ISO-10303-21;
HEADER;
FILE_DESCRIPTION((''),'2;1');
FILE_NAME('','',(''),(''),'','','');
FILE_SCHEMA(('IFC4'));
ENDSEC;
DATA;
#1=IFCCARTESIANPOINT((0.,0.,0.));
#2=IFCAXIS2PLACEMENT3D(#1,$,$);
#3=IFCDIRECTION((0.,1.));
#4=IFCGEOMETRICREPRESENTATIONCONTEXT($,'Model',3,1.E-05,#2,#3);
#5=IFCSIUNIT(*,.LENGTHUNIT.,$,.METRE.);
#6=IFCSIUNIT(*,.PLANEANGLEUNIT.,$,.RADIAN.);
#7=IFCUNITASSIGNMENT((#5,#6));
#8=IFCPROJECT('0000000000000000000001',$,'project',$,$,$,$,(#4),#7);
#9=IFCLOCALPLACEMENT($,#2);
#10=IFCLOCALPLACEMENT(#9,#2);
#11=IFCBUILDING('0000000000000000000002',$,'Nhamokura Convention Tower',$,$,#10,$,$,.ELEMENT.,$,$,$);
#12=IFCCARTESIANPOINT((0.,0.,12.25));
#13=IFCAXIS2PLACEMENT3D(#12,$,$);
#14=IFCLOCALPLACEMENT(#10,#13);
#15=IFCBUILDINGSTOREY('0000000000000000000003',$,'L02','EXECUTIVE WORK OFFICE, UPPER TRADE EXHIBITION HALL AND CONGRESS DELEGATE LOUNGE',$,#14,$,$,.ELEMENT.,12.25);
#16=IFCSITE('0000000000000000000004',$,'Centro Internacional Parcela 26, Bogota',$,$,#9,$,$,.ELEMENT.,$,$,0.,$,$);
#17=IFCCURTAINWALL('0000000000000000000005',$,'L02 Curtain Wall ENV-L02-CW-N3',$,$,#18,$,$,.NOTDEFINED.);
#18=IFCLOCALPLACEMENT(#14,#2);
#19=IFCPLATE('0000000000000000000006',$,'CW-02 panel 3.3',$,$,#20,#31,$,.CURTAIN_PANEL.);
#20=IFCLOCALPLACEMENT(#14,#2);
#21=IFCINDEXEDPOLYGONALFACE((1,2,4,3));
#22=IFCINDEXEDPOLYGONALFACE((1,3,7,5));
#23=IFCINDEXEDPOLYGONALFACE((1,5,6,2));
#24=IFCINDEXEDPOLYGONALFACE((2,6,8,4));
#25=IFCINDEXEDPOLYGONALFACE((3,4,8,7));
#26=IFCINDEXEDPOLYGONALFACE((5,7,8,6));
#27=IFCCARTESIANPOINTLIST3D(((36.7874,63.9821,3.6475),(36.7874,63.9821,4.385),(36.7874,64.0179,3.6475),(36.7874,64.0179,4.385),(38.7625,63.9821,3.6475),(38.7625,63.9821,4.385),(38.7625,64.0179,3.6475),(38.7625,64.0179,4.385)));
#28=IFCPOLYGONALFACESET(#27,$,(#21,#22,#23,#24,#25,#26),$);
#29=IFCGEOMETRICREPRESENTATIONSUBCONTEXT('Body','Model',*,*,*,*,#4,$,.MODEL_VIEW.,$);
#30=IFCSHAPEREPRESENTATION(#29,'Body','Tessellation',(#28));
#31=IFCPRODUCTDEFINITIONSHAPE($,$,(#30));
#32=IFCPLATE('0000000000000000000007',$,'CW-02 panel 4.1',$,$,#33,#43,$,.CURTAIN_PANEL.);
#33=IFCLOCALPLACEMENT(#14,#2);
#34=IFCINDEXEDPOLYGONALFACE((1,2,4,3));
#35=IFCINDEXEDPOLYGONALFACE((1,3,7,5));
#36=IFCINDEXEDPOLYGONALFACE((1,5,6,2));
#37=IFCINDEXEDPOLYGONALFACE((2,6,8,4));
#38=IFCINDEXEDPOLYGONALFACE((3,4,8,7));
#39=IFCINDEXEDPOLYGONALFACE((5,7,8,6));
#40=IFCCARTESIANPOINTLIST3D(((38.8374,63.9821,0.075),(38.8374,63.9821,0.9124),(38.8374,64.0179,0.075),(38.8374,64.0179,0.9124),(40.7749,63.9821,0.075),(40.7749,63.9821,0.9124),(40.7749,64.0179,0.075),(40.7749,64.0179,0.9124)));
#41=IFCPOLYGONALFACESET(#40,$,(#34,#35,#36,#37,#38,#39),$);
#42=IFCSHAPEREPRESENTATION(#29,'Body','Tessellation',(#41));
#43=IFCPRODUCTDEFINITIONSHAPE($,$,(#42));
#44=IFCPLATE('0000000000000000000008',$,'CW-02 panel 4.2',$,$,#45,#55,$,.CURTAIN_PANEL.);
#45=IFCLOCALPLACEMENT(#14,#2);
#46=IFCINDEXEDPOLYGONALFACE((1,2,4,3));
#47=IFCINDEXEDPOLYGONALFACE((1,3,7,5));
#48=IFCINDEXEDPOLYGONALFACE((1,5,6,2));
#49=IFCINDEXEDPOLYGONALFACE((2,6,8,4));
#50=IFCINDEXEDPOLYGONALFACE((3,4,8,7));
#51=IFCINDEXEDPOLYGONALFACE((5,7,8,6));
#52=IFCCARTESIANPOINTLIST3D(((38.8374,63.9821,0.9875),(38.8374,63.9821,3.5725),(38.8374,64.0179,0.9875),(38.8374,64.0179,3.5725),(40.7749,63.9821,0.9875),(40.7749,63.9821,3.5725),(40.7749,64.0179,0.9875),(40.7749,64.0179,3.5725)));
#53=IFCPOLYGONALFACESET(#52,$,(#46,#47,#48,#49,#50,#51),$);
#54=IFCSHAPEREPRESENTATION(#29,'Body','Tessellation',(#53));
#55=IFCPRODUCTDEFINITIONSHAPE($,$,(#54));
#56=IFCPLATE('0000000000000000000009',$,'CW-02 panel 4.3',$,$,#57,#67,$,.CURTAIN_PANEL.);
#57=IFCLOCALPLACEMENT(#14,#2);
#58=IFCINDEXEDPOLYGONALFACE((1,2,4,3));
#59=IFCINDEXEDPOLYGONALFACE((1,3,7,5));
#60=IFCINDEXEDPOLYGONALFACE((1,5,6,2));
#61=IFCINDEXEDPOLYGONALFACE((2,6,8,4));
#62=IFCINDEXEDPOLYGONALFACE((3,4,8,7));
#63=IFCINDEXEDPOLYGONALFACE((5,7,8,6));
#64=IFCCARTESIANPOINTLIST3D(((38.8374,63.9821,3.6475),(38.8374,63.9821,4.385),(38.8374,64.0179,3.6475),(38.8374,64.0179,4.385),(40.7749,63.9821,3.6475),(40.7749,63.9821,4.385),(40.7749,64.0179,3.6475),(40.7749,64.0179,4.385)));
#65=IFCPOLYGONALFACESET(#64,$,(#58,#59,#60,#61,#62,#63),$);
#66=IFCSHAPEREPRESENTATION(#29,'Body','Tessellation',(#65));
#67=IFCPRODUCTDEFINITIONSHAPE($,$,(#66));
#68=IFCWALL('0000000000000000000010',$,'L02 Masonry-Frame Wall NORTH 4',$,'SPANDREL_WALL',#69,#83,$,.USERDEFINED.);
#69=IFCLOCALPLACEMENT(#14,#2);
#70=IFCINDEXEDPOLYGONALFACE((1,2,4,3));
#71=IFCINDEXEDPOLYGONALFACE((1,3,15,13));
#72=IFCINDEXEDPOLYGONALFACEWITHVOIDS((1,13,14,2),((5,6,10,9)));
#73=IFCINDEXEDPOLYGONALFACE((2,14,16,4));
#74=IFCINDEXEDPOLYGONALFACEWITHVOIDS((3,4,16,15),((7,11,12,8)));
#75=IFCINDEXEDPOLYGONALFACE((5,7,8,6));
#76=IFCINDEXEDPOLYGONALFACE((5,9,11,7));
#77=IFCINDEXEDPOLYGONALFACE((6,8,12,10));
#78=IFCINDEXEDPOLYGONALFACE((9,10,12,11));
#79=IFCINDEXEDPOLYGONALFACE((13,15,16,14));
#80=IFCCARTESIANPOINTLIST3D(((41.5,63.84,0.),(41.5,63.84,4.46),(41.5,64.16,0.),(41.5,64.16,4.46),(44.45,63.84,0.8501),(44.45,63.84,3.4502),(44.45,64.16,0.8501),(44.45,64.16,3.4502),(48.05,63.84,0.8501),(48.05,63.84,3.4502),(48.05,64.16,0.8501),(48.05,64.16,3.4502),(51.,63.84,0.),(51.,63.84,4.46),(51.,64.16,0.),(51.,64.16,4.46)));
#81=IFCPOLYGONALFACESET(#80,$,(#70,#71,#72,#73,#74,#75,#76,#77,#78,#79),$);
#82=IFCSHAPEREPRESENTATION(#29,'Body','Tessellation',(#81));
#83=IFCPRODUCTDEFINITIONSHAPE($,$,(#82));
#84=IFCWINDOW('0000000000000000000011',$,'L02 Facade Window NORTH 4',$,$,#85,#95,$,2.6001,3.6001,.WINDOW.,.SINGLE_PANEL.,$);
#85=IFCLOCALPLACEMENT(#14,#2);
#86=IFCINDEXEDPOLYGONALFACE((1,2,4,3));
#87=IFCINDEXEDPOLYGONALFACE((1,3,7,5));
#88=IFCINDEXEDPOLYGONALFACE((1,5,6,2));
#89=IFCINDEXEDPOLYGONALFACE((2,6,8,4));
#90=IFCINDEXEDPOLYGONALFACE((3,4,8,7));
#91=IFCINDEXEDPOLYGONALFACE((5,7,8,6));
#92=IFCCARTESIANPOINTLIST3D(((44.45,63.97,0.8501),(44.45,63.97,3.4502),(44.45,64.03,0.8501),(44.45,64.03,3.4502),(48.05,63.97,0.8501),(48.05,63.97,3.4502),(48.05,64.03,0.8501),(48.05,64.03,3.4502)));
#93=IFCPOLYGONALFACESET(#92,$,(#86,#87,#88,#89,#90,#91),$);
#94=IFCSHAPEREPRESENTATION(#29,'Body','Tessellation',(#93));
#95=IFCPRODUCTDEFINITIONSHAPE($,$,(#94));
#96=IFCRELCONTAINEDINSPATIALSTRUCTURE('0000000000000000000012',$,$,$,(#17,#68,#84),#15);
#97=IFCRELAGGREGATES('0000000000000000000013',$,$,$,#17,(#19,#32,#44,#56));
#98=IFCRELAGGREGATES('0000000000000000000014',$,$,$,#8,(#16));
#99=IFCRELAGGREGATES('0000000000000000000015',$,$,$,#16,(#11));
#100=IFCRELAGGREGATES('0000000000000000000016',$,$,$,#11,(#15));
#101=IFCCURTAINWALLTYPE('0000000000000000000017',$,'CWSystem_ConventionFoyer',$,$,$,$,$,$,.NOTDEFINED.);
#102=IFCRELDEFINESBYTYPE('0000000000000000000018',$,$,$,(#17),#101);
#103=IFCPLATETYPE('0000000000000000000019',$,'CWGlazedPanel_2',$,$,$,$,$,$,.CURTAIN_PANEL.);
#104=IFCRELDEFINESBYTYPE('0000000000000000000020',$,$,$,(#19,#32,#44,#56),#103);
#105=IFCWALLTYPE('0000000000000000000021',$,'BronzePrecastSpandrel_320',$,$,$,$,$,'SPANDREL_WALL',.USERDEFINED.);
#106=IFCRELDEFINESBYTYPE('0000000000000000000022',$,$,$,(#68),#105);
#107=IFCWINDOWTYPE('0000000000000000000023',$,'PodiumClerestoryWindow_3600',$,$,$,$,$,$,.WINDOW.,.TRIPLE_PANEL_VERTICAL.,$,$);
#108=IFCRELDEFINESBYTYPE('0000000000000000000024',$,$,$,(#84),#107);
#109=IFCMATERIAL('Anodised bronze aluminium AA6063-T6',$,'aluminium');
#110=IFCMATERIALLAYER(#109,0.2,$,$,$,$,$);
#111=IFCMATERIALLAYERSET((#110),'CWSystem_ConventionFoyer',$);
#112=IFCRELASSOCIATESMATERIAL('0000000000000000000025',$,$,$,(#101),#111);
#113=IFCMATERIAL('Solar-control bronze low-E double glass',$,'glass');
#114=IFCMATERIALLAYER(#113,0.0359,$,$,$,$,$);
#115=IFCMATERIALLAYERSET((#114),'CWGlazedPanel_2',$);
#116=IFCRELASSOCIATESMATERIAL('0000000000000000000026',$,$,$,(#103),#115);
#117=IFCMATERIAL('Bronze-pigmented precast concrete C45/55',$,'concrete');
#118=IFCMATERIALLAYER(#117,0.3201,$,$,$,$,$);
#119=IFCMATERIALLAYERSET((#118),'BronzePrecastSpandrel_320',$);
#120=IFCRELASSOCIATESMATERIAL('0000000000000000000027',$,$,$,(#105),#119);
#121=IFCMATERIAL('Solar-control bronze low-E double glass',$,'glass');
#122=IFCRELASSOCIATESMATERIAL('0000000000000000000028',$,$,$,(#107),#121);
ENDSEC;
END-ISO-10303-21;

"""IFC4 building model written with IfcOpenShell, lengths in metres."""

from ifc_helpers import new_model, si_unit, direction, frame, frame_2d, origin, origin_2d, place, context, subcontext, project, spatial, rectangle, extrude, material, layer, layer_set, type_object, element, fill, aggregate, save


model = new_model("IFC4")

# Units and contexts
model_context = context("Model", 3, precision=1e-05, world=origin(), true_north=direction((0.0, 1.0)))
body_context = subcontext(model_context, "Body", "Model", "MODEL_VIEW")
ifc_project = project(units=[si_unit("LENGTHUNIT", "METRE"), si_unit("PLANEANGLEUNIT", "RADIAN")], contexts=[model_context])

# Site, building, storey
site_placement = place(None, origin())
site = spatial("IfcSite", under=ifc_project, at=site_placement, Name="Centro Internacional Parcela 26, Bogota", CompositionType="ELEMENT", RefElevation=0.0)
building_placement = place(site_placement, origin())
building = spatial("IfcBuilding", under=site, at=building_placement, Name="Nhamokura Convention Tower", CompositionType="ELEMENT")
storey_placement = place(building_placement, frame((0.0, 0.0, 12.25)))
storey = spatial("IfcBuildingStorey", under=building, at=storey_placement, Name="L02", Description="EXECUTIVE WORK OFFICE, UPPER TRADE EXHIBITION HALL AND CONGRESS DELEGATE LOUNGE", CompositionType="ELEMENT", Elevation=12.25)

# Curtain wall
ifc_material_1 = material(Name="Anodised bronze aluminium AA6063-T6", Category="aluminium")
ifc_layer_1 = layer(ifc_material_1, 0.2)
ifc_layer_set_1 = layer_set([ifc_layer_1], Name="CWSystem_ConventionFoyer")
curtain_wall_type = type_object("IfcCurtainWallType", Name="CWSystem_ConventionFoyer", PredefinedType="NOTDEFINED", material=ifc_layer_set_1)
curtain_wall_placement = place(storey_placement, origin())
curtain_wall = element("IfcCurtainWall", 1, at=curtain_wall_placement, inside=storey, type_object=curtain_wall_type, Name="L02 Curtain Wall ENV-L02-CW-N3", PredefinedType="NOTDEFINED")

# Plates
ifc_material_2 = material(Name="Solar-control bronze low-E double glass", Category="glass")
ifc_layer_2 = layer(ifc_material_2, 0.0359)
ifc_layer_set_2 = layer_set([ifc_layer_2], Name="CWGlazedPanel_2")
plate_type = type_object("IfcPlateType", Name="CWGlazedPanel_2", PredefinedType="CURTAIN_PANEL", material=ifc_layer_set_2)
plate_1_placement = place(storey_placement, frame((37.7749, 64.0, 3.6475), z_axis=(0.0, 0.0, 1.0), x_axis=(1.0, 0.0, 0.0)))
plate_1 = element("IfcPlate", 2, at=plate_1_placement, type_object=plate_type, Name="CW-02 panel 3.3", PredefinedType="CURTAIN_PANEL", context=body_context, shape_type="SweptSolid", body=[
    extrude(rectangle(XDim=1.9751, YDim=0.0359, at=origin_2d()), origin(), (0.0, 0.0, 1.0), 0.7375),
])
plate_2_placement = place(storey_placement, frame((39.8062, 64.0, 0.075), z_axis=(0.0, 0.0, 1.0), x_axis=(1.0, 0.0, 0.0)))
plate_2 = element("IfcPlate", 3, at=plate_2_placement, type_object=plate_type, Name="CW-02 panel 4.1", PredefinedType="CURTAIN_PANEL", context=body_context, shape_type="SweptSolid", body=[
    extrude(rectangle(XDim=1.9375, YDim=0.0359, at=origin_2d()), origin(), (0.0, 0.0, 1.0), 0.8374),
])
plate_3_placement = place(storey_placement, frame((39.8062, 64.0, 0.9875), z_axis=(0.0, 0.0, 1.0), x_axis=(1.0, 0.0, 0.0)))
plate_3 = element("IfcPlate", 4, at=plate_3_placement, type_object=plate_type, Name="CW-02 panel 4.2", PredefinedType="CURTAIN_PANEL", context=body_context, shape_type="SweptSolid", body=[
    extrude(rectangle(XDim=1.9375, YDim=0.0359, at=origin_2d()), origin(), (0.0, 0.0, 1.0), 2.585),
])
plate_4_placement = place(storey_placement, frame((39.8062, 64.0, 3.6475), z_axis=(0.0, 0.0, 1.0), x_axis=(1.0, 0.0, 0.0)))
plate_4 = element("IfcPlate", 5, at=plate_4_placement, type_object=plate_type, Name="CW-02 panel 4.3", PredefinedType="CURTAIN_PANEL", context=body_context, shape_type="SweptSolid", body=[
    extrude(rectangle(XDim=1.9375, YDim=0.0359, at=origin_2d()), origin(), (0.0, 0.0, 1.0), 0.7375),
])
aggregate(curtain_wall, [plate_1, plate_2, plate_3, plate_4])

# Wall, opening, window
ifc_material_3 = material(Name="Bronze-pigmented precast concrete C45/55", Category="concrete")
ifc_layer_3 = layer(ifc_material_3, 0.3201)
ifc_layer_set_3 = layer_set([ifc_layer_3], Name="BronzePrecastSpandrel_320")
wall_type = type_object("IfcWallType", Name="BronzePrecastSpandrel_320", ElementType="SPANDREL_WALL", PredefinedType="USERDEFINED", material=ifc_layer_set_3)
wall_placement = place(storey_placement, frame((41.5, 64.0, 0.0), z_axis=(0.0, 0.0, 1.0), x_axis=(1.0, 0.0, 0.0)))
wall = element("IfcWall", 6, at=wall_placement, inside=storey, type_object=wall_type, Name="L02 Masonry-Frame Wall NORTH 4", ObjectType="SPANDREL_WALL", PredefinedType="USERDEFINED", context=body_context, shape_type="SweptSolid", body=[
    extrude(rectangle(XDim=9.5, YDim=0.3201, at=frame_2d((4.75, 0.0))), origin(), (0.0, 0.0, 1.0), 4.46),
])
opening_placement = place(wall_placement, frame((2.95, 0.0, 0.8501)))
opening = element("IfcOpeningElement", 7, at=opening_placement, cuts=wall, PredefinedType="OPENING", context=body_context, shape_type="SweptSolid", body=[
    extrude(rectangle(XDim=3.6001, YDim=2.6001, at=frame_2d((1.8, 1.3))), frame((0.0, 0.1699, 0.0), z_axis=(0.0, -1.0, 0.0), x_axis=(1.0, 0.0, 0.0)), (0.0, 0.0, 1.0), 0.3401),
])
ifc_material_4 = material(Name="Solar-control bronze low-E double glass", Category="glass")
window_type = type_object("IfcWindowType", Name="PodiumClerestoryWindow_3600", PartitioningType="TRIPLE_PANEL_VERTICAL", PredefinedType="WINDOW", material=ifc_material_4)
window_placement = place(opening_placement, origin())
window = element("IfcWindow", 8, at=window_placement, inside=storey, type_object=window_type, Name="L02 Facade Window NORTH 4", OverallHeight=2.6001, OverallWidth=3.6001, PartitioningType="SINGLE_PANEL", PredefinedType="WINDOW", context=body_context, shape_type="SweptSolid", body=[
    extrude(rectangle(XDim=3.6001, YDim=2.6001, at=frame_2d((1.8, 1.3))), frame((0.0, 0.03, 0.0), z_axis=(0.0, -1.0, 0.0), x_axis=(1.0, 0.0, 0.0)), (0.0, 0.0, 1.0), 0.0601),
])
fill(opening, window)

save(model, "model.ifc")
